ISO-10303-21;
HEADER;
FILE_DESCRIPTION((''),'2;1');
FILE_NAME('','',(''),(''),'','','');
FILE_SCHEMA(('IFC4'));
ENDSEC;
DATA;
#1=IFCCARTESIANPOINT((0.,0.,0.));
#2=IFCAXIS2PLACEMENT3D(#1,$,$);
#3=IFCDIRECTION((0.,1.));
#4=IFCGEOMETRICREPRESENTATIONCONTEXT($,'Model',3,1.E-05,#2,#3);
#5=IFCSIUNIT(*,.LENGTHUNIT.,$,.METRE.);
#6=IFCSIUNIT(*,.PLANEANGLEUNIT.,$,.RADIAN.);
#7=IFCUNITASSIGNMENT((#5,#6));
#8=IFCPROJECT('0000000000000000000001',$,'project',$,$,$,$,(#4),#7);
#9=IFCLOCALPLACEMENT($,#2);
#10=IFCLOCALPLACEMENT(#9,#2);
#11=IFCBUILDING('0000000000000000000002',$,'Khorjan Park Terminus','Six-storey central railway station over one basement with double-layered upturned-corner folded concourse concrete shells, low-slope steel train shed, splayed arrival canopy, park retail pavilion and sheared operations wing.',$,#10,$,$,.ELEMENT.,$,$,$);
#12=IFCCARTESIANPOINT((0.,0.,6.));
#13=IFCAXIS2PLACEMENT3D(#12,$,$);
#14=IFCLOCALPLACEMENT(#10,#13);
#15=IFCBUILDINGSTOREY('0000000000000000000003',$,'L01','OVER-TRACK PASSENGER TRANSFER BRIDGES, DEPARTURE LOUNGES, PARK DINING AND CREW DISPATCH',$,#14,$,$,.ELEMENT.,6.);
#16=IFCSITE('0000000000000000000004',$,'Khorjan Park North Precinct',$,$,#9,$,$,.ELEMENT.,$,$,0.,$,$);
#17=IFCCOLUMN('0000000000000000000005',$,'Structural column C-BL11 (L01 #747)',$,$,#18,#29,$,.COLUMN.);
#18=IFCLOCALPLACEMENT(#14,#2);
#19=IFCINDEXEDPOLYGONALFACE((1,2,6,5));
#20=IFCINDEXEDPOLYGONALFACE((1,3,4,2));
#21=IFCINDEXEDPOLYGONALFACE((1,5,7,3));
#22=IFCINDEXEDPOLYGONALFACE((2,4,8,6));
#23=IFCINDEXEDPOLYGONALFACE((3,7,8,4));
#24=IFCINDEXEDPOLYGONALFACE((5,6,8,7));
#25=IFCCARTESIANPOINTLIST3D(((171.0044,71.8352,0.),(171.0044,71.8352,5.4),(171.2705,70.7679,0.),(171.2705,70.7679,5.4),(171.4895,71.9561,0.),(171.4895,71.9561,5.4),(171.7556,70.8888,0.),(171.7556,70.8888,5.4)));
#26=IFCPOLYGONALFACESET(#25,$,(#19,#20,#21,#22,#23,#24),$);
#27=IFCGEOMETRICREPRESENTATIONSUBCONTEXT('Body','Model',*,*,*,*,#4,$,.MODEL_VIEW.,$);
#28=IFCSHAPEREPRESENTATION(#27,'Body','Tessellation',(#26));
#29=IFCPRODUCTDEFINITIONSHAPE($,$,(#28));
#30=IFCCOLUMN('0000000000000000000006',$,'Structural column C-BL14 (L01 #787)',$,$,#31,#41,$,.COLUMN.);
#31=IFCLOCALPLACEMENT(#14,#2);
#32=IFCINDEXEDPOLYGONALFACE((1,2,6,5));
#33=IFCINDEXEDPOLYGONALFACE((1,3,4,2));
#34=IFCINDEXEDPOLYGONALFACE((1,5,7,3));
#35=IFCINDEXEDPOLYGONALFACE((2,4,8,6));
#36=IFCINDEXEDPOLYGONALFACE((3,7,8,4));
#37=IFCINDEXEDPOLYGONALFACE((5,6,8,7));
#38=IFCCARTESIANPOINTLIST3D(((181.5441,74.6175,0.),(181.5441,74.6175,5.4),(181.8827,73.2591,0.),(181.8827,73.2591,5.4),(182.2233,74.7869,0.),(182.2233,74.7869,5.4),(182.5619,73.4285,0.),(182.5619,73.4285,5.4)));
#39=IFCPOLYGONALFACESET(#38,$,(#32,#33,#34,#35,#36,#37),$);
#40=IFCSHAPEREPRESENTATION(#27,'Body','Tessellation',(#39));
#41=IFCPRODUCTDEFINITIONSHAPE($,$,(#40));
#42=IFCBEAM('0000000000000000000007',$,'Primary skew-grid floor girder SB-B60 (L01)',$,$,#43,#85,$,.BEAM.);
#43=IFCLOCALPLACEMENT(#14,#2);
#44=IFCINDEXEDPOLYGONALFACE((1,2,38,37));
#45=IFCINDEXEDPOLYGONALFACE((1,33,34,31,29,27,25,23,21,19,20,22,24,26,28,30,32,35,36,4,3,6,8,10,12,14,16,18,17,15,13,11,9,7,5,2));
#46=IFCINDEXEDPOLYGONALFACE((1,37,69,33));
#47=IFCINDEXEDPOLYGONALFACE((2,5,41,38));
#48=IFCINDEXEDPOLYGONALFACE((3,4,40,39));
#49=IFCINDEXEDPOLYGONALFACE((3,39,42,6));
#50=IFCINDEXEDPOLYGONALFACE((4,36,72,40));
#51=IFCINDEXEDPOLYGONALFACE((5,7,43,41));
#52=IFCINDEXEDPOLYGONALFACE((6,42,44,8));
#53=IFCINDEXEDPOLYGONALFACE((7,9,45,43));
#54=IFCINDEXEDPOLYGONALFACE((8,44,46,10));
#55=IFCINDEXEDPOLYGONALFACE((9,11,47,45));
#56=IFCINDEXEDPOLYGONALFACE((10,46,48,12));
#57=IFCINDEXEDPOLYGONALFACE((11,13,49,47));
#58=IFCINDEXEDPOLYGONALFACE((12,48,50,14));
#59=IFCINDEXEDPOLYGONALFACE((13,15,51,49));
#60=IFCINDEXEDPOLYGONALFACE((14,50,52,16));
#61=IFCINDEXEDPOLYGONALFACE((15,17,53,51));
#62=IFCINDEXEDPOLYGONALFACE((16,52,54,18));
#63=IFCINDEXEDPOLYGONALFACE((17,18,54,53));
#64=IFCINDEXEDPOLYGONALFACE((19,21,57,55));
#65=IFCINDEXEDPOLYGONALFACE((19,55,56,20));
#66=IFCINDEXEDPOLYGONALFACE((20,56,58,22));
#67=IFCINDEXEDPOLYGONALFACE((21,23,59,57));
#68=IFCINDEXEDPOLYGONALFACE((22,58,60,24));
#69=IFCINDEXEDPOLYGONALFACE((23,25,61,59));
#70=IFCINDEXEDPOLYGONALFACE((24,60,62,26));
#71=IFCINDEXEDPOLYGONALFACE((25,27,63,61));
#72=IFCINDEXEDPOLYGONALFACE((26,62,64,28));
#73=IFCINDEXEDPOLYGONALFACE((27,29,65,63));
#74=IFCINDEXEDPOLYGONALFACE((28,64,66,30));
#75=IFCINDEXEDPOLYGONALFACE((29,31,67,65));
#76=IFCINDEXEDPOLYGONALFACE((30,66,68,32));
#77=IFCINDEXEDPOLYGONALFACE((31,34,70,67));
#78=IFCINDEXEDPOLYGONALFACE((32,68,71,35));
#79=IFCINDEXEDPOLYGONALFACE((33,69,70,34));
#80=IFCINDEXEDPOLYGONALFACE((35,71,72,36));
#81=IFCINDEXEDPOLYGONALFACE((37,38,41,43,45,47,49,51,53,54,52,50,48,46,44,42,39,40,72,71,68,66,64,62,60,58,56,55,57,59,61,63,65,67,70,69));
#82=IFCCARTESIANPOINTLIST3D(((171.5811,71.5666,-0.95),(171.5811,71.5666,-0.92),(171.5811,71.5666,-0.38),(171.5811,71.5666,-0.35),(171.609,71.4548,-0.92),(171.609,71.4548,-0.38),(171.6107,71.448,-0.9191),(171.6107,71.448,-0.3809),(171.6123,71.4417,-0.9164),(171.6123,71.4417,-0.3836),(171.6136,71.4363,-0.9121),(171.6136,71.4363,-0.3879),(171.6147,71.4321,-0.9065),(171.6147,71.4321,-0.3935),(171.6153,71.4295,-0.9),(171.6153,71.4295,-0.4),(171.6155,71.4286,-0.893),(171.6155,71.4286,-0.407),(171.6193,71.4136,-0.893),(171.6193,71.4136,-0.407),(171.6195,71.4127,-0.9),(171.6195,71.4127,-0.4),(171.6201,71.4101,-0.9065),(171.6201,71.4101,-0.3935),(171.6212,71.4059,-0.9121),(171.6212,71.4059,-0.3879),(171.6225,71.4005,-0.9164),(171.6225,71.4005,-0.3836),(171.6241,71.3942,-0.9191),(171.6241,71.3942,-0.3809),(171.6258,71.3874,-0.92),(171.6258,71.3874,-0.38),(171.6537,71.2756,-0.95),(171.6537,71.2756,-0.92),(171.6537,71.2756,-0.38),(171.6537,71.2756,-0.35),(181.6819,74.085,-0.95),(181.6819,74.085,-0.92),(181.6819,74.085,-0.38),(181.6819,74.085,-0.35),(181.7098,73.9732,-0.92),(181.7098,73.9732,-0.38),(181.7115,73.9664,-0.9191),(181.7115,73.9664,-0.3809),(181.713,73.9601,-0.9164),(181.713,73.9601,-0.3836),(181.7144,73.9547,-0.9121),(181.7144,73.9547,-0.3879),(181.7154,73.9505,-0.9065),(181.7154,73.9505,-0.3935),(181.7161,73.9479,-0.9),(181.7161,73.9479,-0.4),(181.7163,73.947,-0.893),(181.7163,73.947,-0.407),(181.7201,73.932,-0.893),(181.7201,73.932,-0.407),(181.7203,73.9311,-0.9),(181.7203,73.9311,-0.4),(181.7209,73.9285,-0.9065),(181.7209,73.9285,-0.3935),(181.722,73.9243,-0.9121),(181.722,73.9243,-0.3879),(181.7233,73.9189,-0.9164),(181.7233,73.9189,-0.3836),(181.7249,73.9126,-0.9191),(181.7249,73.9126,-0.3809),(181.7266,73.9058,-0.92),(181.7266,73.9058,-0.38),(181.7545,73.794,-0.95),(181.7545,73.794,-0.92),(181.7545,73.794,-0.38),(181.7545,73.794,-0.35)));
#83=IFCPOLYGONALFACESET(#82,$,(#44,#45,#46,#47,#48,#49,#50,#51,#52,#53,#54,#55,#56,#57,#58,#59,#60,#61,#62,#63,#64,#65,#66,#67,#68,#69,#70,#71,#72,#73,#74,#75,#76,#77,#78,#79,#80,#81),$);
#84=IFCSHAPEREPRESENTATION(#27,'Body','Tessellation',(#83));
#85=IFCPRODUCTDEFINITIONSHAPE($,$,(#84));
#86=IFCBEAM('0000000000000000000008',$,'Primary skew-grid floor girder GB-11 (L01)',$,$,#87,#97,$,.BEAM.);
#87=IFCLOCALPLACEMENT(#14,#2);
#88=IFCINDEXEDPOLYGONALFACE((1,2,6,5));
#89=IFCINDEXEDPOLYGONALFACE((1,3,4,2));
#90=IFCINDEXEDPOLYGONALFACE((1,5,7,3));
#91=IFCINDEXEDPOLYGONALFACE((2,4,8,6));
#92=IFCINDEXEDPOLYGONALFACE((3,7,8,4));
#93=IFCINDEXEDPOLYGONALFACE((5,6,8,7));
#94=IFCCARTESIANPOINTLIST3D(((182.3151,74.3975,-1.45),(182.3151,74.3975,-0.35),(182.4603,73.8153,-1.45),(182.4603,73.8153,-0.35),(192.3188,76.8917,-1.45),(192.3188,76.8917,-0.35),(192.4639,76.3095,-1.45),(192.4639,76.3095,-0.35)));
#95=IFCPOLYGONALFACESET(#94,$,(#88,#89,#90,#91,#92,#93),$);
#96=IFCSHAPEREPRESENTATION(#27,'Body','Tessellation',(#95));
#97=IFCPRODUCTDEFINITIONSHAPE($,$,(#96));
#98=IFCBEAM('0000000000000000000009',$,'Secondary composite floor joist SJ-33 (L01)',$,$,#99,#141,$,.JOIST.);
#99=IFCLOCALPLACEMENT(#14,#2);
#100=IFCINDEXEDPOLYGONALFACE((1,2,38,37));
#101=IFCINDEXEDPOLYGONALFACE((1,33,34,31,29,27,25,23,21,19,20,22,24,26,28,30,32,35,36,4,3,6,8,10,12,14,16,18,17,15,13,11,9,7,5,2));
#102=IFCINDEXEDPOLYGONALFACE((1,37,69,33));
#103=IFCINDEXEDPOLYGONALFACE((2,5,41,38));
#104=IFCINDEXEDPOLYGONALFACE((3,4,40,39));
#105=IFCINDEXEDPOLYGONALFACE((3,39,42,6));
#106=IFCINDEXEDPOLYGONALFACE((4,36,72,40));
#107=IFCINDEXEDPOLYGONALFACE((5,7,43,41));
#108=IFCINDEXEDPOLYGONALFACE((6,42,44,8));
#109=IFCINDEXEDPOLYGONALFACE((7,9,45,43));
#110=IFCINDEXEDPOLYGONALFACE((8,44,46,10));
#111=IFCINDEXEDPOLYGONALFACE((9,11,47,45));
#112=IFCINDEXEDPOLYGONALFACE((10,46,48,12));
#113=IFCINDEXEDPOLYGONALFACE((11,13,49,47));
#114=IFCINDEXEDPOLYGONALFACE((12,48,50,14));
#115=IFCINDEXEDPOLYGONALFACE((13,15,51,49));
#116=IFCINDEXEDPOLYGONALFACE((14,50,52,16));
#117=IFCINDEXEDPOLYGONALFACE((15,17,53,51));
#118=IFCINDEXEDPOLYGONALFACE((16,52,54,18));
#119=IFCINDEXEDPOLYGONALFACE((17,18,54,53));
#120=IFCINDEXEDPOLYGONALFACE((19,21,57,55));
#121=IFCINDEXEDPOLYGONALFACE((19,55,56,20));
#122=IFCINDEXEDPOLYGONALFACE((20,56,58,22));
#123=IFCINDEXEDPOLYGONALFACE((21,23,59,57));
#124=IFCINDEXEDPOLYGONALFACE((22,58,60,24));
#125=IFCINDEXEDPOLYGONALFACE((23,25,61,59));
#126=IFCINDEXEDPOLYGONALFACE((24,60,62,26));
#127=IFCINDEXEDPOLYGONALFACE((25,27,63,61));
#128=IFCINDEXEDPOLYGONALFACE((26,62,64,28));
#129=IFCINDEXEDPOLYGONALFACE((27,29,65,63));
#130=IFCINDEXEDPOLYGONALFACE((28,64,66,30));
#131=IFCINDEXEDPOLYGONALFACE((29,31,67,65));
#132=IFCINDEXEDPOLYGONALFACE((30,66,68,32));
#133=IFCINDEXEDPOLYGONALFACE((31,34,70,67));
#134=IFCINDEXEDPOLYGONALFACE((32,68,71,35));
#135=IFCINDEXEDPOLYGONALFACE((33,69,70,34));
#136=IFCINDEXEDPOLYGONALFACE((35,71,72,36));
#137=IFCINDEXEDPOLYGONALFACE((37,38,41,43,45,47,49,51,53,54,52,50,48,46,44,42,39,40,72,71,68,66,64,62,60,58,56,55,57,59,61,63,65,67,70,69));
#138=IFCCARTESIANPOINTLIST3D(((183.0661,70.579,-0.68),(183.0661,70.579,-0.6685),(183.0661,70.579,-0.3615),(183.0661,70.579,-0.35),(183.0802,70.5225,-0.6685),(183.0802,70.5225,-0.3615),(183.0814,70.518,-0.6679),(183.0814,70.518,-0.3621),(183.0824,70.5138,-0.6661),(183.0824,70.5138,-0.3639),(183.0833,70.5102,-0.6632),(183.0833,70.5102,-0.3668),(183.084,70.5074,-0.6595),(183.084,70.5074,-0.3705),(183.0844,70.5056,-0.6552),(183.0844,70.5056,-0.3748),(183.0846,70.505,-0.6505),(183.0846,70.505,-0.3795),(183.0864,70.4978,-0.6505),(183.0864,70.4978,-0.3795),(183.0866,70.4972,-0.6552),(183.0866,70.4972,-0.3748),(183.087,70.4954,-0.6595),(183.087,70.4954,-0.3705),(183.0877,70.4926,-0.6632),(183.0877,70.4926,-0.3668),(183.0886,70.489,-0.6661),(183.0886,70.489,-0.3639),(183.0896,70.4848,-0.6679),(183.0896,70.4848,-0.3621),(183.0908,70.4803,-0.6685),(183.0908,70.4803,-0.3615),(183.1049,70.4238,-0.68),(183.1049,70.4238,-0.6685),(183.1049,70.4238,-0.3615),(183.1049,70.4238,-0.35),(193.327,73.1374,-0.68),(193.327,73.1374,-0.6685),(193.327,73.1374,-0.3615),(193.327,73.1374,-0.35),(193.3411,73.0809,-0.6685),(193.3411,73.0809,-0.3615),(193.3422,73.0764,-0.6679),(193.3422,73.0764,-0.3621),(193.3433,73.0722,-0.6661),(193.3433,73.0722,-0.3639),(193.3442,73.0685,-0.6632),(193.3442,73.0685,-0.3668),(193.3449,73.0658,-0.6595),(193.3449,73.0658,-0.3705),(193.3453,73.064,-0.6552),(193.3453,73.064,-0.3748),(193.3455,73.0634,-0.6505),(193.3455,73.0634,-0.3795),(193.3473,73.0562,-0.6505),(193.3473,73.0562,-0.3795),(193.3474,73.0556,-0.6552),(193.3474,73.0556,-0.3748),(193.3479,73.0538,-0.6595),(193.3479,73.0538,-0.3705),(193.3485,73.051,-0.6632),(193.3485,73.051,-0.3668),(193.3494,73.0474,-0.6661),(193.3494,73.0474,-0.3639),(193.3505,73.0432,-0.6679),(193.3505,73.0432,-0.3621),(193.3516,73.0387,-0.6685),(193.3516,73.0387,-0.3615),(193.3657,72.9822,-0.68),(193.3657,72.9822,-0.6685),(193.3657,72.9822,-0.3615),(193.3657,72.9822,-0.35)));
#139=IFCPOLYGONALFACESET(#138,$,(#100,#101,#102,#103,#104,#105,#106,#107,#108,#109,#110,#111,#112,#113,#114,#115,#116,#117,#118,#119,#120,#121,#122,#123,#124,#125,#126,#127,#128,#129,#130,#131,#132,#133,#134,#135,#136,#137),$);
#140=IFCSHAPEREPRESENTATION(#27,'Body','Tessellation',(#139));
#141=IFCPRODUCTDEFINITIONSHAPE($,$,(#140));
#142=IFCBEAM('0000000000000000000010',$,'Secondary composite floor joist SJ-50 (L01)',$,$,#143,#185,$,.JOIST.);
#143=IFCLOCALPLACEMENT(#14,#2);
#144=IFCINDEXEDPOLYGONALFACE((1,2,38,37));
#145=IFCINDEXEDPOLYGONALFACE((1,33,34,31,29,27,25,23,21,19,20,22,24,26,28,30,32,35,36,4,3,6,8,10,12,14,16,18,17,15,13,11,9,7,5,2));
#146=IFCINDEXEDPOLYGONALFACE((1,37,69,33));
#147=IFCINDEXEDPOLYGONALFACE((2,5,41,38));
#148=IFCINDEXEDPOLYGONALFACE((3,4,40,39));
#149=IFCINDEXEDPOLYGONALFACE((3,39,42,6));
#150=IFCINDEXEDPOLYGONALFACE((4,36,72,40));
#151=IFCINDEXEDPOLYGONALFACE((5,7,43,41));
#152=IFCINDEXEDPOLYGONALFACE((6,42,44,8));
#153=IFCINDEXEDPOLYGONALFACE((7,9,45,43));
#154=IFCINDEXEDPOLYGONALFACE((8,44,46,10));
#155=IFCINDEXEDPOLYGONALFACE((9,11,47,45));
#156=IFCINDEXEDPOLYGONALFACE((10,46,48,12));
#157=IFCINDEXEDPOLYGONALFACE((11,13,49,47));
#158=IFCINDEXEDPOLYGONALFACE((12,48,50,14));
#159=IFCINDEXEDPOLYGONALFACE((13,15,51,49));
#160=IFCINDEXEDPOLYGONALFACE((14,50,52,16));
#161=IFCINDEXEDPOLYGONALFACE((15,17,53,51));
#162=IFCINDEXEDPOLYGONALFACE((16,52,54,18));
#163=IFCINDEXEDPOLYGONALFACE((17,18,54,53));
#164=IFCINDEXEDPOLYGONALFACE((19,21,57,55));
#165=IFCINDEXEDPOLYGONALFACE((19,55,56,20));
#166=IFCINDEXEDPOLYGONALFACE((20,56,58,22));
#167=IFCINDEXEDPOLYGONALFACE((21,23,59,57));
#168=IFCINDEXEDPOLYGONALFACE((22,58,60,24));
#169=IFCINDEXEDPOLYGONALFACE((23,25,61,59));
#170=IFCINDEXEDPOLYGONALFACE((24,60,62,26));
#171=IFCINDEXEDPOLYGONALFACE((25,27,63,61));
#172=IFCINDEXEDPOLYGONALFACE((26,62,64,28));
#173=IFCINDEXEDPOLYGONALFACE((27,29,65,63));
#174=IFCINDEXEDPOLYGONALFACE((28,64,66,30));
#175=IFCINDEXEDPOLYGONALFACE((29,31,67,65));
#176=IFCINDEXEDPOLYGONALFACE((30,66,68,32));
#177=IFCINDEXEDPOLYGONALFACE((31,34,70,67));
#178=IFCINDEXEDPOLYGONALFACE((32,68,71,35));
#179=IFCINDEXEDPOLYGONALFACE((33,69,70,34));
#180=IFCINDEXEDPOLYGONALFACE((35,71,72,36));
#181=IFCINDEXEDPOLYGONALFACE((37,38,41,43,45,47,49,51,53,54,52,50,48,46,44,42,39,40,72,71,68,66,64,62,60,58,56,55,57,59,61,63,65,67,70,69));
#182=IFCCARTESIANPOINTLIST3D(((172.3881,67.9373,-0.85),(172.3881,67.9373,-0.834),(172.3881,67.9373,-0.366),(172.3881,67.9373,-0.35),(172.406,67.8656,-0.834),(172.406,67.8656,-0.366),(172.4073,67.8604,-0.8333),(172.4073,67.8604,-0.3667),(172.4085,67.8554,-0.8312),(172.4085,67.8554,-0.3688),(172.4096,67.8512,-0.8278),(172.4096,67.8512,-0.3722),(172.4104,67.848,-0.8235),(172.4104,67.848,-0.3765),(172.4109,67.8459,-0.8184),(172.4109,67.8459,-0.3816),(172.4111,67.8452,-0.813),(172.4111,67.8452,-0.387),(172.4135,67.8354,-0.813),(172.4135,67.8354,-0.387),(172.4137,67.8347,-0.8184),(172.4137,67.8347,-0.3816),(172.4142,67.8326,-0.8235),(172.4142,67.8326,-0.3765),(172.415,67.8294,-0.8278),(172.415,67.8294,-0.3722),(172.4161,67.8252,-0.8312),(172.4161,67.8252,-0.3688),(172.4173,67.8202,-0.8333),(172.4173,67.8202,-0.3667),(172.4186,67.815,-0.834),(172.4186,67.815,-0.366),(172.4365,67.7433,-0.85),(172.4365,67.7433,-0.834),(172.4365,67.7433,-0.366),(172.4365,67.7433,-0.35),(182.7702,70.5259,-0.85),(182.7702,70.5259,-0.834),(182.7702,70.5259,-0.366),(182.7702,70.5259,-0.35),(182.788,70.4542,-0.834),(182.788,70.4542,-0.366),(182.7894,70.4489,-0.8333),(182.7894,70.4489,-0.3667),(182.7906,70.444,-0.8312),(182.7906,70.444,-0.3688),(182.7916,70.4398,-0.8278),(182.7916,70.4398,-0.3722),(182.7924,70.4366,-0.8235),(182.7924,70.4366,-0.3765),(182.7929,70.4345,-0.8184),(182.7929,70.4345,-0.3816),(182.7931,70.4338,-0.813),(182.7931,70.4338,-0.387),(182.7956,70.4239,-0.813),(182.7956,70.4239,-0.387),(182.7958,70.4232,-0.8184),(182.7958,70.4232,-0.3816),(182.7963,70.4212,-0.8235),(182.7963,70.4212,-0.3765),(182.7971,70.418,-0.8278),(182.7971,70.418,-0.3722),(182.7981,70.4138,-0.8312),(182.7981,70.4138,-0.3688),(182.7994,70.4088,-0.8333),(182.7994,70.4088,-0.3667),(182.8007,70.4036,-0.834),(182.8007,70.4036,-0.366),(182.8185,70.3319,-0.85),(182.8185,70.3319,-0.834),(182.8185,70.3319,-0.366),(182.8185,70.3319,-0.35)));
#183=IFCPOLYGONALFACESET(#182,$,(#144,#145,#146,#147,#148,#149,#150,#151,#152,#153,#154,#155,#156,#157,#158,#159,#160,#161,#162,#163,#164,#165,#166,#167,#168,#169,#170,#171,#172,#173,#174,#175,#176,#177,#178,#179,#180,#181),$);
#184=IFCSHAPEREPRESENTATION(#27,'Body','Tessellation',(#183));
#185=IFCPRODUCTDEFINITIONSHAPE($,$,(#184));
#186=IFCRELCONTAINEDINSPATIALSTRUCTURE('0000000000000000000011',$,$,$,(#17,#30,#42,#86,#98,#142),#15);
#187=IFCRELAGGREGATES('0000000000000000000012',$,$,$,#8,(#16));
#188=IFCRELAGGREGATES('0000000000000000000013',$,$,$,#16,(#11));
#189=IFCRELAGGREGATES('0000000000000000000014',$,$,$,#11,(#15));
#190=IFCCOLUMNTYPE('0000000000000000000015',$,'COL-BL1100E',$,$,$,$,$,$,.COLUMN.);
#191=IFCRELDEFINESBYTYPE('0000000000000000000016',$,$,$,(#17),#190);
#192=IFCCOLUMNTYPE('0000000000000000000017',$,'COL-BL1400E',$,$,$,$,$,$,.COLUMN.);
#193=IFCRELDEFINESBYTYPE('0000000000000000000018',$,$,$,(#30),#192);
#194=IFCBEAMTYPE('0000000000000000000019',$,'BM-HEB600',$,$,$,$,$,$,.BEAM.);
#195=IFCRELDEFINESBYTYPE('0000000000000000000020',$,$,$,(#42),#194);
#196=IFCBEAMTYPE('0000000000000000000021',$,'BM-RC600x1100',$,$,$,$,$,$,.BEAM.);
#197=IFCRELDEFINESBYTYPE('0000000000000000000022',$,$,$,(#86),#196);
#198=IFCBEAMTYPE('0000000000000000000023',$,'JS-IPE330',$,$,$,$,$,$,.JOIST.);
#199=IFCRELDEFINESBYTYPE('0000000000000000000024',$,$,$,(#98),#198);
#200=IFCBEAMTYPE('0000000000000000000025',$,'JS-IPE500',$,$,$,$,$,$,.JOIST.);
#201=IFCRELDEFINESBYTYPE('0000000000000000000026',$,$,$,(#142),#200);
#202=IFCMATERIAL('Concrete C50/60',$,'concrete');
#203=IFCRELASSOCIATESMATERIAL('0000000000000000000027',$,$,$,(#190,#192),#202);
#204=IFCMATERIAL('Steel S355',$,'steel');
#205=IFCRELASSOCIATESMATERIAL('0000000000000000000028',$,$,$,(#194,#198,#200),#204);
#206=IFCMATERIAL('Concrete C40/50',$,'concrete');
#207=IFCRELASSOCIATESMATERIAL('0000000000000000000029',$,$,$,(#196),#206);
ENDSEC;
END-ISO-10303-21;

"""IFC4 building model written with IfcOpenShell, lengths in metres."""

from ifc_helpers import new_model, si_unit, direction, frame, origin, origin_2d, place, context, subcontext, project, spatial, rectangle, i_section, extrude, material, material_profile, profile_set, type_object, element, save


model = new_model("IFC4")

# Units and contexts
model_context = context("Model", 3, precision=1e-05, world=origin(), true_north=direction((0.0, 1.0)))
body_context = subcontext(model_context, "Body", "Model", "MODEL_VIEW")
ifc_project = project(units=[si_unit("LENGTHUNIT", "METRE"), si_unit("PLANEANGLEUNIT", "RADIAN")], contexts=[model_context])

# Site, building, storey
site_placement = place(None, origin())
site = spatial("IfcSite", under=ifc_project, at=site_placement, Name="Khorjan Park North Precinct", CompositionType="ELEMENT", RefElevation=0.0)
building_placement = place(site_placement, origin())
building = spatial("IfcBuilding", under=site, at=building_placement, Name="Khorjan Park Terminus", Description="Six-storey central railway station over one basement with double-layered upturned-corner folded concourse concrete shells, low-slope steel train shed, splayed arrival canopy, park retail pavilion and sheared operations wing.", CompositionType="ELEMENT")
storey_placement = place(building_placement, frame((0.0, 0.0, 6.0)))
storey = spatial("IfcBuildingStorey", under=building, at=storey_placement, Name="L01", Description="OVER-TRACK PASSENGER TRANSFER BRIDGES, DEPARTURE LOUNGES, PARK DINING AND CREW DISPATCH", CompositionType="ELEMENT", Elevation=6.0)

# Columns
ifc_material_1 = material(Name="Concrete C50/60", Category="concrete")
ifc_material_profile_1 = material_profile(ifc_material_1, rectangle(XDim=0.5, YDim=1.1, at=origin_2d()), Name="RC 500x1100")
ifc_profile_set_1 = profile_set([ifc_material_profile_1], Name="Concrete C50/60")
column_type_1 = type_object("IfcColumnType", Name="COL-BL1100E", PredefinedType="COLUMN", material=ifc_profile_set_1)
column_1_placement = place(storey_placement, frame((171.38, 71.362, 0.0), z_axis=(0.0, 0.0, 1.0), x_axis=(0.970296, 0.241922, 0.0)))
element("IfcColumn", 1, at=column_1_placement, inside=storey, type_object=column_type_1, Name="Structural column C-BL11 (L01 #747)", PredefinedType="COLUMN", context=body_context, shape_type="SweptSolid", body=[
    extrude(rectangle(XDim=0.5, YDim=1.1, at=origin_2d()), origin(), (0.0, 0.0, 1.0), 5.4),
])
ifc_material_profile_2 = material_profile(ifc_material_1, rectangle(XDim=0.7, YDim=1.4, at=origin_2d()), Name="RC 700x1400")
ifc_profile_set_2 = profile_set([ifc_material_profile_2], Name="Concrete C50/60")
column_type_2 = type_object("IfcColumnType", Name="COL-BL1400E", PredefinedType="COLUMN", material=ifc_profile_set_2)
column_2_placement = place(storey_placement, frame((182.053, 74.023, 0.0), z_axis=(0.0, 0.0, 1.0), x_axis=(0.970296, 0.241922, 0.0)))
element("IfcColumn", 2, at=column_2_placement, inside=storey, type_object=column_type_2, Name="Structural column C-BL14 (L01 #787)", PredefinedType="COLUMN", context=body_context, shape_type="SweptSolid", body=[
    extrude(rectangle(XDim=0.7, YDim=1.4, at=origin_2d()), origin(), (0.0, 0.0, 1.0), 5.4),
])

# Beams
ifc_material_2 = material(Name="Steel S355", Category="steel")
ifc_material_profile_3 = material_profile(ifc_material_2, i_section(OverallWidth=0.3, OverallDepth=0.6, WebThickness=0.0155, FlangeThickness=0.03, FilletRadius=0.027, at=origin_2d()), Name="HEB 600")
ifc_profile_set_3 = profile_set([ifc_material_profile_3], Name="Steel S355")
beam_type_1 = type_object("IfcBeamType", Name="BM-HEB600", PredefinedType="BEAM", material=ifc_profile_set_3)
beam_1_placement = place(storey_placement, frame((171.6174, 71.4211, -0.65), z_axis=(0.970296, 0.241921, 0.0), x_axis=(-0.241921, 0.970296, 0.0)))
element("IfcBeam", 3, at=beam_1_placement, inside=storey, type_object=beam_type_1, Name="Primary skew-grid floor girder SB-B60 (L01)", PredefinedType="BEAM", context=body_context, shape_type="SweptSolid", body=[
    extrude(i_section(OverallWidth=0.3, OverallDepth=0.6, WebThickness=0.0155, FlangeThickness=0.03, FilletRadius=0.027, at=origin_2d()), origin(), (0.0, 0.0, 1.0), 10.41),
])
ifc_material_3 = material(Name="Concrete C40/50", Category="concrete")
ifc_material_profile_4 = material_profile(ifc_material_3, rectangle(XDim=0.6, YDim=1.1, at=origin_2d()), Name="RC 600x1100")
ifc_profile_set_4 = profile_set([ifc_material_profile_4], Name="Concrete C40/50")
beam_type_2 = type_object("IfcBeamType", Name="BM-RC600x1100", PredefinedType="BEAM", material=ifc_profile_set_4)
beam_2_placement = place(storey_placement, frame((182.3877, 74.1064, -0.9), z_axis=(0.970296, 0.241922, 0.0), x_axis=(-0.241922, 0.970296, 0.0)))
element("IfcBeam", 4, at=beam_2_placement, inside=storey, type_object=beam_type_2, Name="Primary skew-grid floor girder GB-11 (L01)", PredefinedType="BEAM", context=body_context, shape_type="SweptSolid", body=[
    extrude(rectangle(XDim=0.6, YDim=1.1, at=origin_2d()), origin(), (0.0, 0.0, 1.0), 10.3099),
])
ifc_material_profile_5 = material_profile(ifc_material_2, i_section(OverallWidth=0.16, OverallDepth=0.33, WebThickness=0.0075, FlangeThickness=0.0115, FilletRadius=0.018, at=origin_2d()), Name="IPE 330")
ifc_profile_set_5 = profile_set([ifc_material_profile_5], Name="Steel S355")
beam_type_3 = type_object("IfcBeamType", Name="JS-IPE330", PredefinedType="JOIST", material=ifc_profile_set_5)
beam_3_placement = place(storey_placement, frame((183.0855, 70.5014, -0.515), z_axis=(0.970294, 0.241928, 0.0), x_axis=(-0.241928, 0.970294, 0.0)))
element("IfcBeam", 5, at=beam_3_placement, inside=storey, type_object=beam_type_3, Name="Secondary composite floor joist SJ-33 (L01)", PredefinedType="JOIST", context=body_context, shape_type="SweptSolid", body=[
    extrude(i_section(OverallWidth=0.16, OverallDepth=0.33, WebThickness=0.0075, FlangeThickness=0.0115, FilletRadius=0.018, at=origin_2d()), origin(), (0.0, 0.0, 1.0), 10.575),
])
ifc_material_profile_6 = material_profile(ifc_material_2, i_section(OverallWidth=0.2, OverallDepth=0.5, WebThickness=0.0102, FlangeThickness=0.016, FilletRadius=0.021, at=origin_2d()), Name="IPE 500")
ifc_profile_set_6 = profile_set([ifc_material_profile_6], Name="Steel S355")
beam_type_4 = type_object("IfcBeamType", Name="JS-IPE500", PredefinedType="JOIST", material=ifc_profile_set_6)
beam_4_placement = place(storey_placement, frame((172.4123, 67.8403, -0.6), z_axis=(0.970295, 0.241926, 0.0), x_axis=(-0.241926, 0.970295, 0.0)))
element("IfcBeam", 6, at=beam_4_placement, inside=storey, type_object=beam_type_4, Name="Secondary composite floor joist SJ-50 (L01)", PredefinedType="JOIST", context=body_context, shape_type="SweptSolid", body=[
    extrude(i_section(OverallWidth=0.2, OverallDepth=0.5, WebThickness=0.0102, FlangeThickness=0.016, FilletRadius=0.021, at=origin_2d()), origin(), (0.0, 0.0, 1.0), 10.6999),
])

save(model, "model.ifc")
